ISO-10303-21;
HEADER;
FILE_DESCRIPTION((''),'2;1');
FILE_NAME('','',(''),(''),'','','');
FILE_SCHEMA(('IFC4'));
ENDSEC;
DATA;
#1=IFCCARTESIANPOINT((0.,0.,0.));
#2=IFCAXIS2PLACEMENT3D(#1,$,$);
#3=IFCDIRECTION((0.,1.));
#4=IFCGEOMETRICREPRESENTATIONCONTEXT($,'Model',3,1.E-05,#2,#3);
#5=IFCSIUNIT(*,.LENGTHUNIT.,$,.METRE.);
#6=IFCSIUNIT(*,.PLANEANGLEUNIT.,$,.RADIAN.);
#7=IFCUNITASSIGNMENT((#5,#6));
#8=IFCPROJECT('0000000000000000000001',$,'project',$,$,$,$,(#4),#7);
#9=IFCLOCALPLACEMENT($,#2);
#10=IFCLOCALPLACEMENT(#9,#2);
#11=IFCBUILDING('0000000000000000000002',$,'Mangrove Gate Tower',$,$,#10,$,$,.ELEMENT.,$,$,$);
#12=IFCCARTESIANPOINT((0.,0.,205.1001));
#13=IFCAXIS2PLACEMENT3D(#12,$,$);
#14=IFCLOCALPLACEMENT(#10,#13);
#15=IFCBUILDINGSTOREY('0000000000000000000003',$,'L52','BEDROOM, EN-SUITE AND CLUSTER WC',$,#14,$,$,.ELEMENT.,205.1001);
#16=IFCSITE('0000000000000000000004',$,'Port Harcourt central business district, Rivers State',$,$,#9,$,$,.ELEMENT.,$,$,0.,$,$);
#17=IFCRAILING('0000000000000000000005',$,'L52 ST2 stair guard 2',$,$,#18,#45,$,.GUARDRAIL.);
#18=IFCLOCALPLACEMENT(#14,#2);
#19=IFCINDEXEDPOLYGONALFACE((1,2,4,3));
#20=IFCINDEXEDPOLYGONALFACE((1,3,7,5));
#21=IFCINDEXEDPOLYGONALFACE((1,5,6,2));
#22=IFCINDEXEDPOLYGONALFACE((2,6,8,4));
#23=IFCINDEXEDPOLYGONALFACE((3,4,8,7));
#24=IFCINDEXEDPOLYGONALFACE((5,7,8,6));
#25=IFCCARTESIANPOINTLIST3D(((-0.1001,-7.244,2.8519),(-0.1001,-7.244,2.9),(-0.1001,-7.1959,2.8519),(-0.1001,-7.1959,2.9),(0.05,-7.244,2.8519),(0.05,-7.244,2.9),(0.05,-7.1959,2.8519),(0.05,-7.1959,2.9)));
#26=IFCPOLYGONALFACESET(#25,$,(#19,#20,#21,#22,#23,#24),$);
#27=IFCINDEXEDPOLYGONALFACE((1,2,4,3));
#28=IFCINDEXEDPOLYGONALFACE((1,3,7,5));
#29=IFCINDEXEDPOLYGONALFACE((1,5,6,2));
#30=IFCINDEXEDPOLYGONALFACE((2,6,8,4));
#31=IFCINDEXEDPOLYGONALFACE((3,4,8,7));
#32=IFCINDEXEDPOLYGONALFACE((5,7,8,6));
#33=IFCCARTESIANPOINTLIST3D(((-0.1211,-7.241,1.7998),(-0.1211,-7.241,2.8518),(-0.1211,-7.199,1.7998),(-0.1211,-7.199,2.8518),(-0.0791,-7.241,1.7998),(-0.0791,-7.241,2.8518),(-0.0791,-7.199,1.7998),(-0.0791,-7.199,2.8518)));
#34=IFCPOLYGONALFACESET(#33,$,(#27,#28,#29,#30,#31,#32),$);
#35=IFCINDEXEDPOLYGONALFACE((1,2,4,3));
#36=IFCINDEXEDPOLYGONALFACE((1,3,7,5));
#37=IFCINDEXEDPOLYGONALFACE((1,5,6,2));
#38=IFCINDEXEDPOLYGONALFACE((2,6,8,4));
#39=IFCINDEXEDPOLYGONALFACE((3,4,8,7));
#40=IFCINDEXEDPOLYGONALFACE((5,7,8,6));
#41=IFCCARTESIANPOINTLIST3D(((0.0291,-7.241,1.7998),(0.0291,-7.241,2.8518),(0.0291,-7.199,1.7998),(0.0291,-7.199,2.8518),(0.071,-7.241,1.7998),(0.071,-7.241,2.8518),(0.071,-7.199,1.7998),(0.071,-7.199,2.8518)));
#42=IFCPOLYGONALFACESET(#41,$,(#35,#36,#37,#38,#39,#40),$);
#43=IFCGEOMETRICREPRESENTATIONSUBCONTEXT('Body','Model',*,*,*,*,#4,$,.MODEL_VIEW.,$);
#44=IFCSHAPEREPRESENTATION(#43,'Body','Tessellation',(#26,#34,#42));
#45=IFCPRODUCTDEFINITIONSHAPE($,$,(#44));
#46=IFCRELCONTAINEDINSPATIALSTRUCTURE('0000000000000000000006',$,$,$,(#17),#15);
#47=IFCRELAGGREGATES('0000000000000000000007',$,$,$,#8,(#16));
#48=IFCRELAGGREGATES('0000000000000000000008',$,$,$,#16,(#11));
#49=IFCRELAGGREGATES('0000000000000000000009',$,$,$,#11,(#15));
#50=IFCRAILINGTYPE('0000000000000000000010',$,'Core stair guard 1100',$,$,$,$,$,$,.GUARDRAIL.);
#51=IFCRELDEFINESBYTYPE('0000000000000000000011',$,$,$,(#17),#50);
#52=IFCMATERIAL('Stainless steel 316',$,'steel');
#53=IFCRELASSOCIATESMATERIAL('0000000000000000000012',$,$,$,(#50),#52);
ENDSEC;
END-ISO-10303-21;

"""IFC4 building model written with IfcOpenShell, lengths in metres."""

from ifc_helpers import new_model, si_unit, direction, frame, origin, origin_2d, place, context, subcontext, project, spatial, rectangle, extrude, material, type_object, element, save


model = new_model("IFC4")

# Units and contexts
model_context = context("Model", 3, precision=1e-05, world=origin(), true_north=direction((0.0, 1.0)))
body_context = subcontext(model_context, "Body", "Model", "MODEL_VIEW")
ifc_project = project(units=[si_unit("LENGTHUNIT", "METRE"), si_unit("PLANEANGLEUNIT", "RADIAN")], contexts=[model_context])

# Site, building, storey
site_placement = place(None, origin())
site = spatial("IfcSite", under=ifc_project, at=site_placement, Name="Port Harcourt central business district, Rivers State", CompositionType="ELEMENT", RefElevation=0.0)
building_placement = place(site_placement, origin())
building = spatial("IfcBuilding", under=site, at=building_placement, Name="Mangrove Gate Tower", CompositionType="ELEMENT")
storey_placement = place(building_placement, frame((0.0, 0.0, 205.1001)))
storey = spatial("IfcBuildingStorey", under=building, at=storey_placement, Name="L52", Description="BEDROOM, EN-SUITE AND CLUSTER WC", CompositionType="ELEMENT", Elevation=205.1001)

# Railing
ifc_material_1 = material(Name="Stainless steel 316", Category="steel")
railing_type = type_object("IfcRailingType", Name="Core stair guard 1100", PredefinedType="GUARDRAIL", material=ifc_material_1)
railing_placement = place(storey_placement, frame((-0.1001, -7.22, 1.7998)))
element("IfcRailing", 1, at=railing_placement, inside=storey, type_object=railing_type, Name="L52 ST2 stair guard 2", PredefinedType="GUARDRAIL", context=body_context, shape_type="SweptSolid", body=[
    extrude(rectangle(XDim=0.0481, YDim=0.0481, at=origin_2d()), frame((0.0, 0.0, 1.0762), z_axis=(1.0, 0.0, 0.0), x_axis=(0.0, 1.0, 0.0)), (0.0, 0.0, 1.0), 0.1501),
    extrude(rectangle(XDim=0.042, YDim=0.042, at=origin_2d()), origin(), (0.0, 0.0, 1.0), 1.052),
    extrude(rectangle(XDim=0.042, YDim=0.042, at=origin_2d()), frame((0.1501, 0.0, 0.0)), (0.0, 0.0, 1.0), 1.052),
])

save(model, "model.ifc")
